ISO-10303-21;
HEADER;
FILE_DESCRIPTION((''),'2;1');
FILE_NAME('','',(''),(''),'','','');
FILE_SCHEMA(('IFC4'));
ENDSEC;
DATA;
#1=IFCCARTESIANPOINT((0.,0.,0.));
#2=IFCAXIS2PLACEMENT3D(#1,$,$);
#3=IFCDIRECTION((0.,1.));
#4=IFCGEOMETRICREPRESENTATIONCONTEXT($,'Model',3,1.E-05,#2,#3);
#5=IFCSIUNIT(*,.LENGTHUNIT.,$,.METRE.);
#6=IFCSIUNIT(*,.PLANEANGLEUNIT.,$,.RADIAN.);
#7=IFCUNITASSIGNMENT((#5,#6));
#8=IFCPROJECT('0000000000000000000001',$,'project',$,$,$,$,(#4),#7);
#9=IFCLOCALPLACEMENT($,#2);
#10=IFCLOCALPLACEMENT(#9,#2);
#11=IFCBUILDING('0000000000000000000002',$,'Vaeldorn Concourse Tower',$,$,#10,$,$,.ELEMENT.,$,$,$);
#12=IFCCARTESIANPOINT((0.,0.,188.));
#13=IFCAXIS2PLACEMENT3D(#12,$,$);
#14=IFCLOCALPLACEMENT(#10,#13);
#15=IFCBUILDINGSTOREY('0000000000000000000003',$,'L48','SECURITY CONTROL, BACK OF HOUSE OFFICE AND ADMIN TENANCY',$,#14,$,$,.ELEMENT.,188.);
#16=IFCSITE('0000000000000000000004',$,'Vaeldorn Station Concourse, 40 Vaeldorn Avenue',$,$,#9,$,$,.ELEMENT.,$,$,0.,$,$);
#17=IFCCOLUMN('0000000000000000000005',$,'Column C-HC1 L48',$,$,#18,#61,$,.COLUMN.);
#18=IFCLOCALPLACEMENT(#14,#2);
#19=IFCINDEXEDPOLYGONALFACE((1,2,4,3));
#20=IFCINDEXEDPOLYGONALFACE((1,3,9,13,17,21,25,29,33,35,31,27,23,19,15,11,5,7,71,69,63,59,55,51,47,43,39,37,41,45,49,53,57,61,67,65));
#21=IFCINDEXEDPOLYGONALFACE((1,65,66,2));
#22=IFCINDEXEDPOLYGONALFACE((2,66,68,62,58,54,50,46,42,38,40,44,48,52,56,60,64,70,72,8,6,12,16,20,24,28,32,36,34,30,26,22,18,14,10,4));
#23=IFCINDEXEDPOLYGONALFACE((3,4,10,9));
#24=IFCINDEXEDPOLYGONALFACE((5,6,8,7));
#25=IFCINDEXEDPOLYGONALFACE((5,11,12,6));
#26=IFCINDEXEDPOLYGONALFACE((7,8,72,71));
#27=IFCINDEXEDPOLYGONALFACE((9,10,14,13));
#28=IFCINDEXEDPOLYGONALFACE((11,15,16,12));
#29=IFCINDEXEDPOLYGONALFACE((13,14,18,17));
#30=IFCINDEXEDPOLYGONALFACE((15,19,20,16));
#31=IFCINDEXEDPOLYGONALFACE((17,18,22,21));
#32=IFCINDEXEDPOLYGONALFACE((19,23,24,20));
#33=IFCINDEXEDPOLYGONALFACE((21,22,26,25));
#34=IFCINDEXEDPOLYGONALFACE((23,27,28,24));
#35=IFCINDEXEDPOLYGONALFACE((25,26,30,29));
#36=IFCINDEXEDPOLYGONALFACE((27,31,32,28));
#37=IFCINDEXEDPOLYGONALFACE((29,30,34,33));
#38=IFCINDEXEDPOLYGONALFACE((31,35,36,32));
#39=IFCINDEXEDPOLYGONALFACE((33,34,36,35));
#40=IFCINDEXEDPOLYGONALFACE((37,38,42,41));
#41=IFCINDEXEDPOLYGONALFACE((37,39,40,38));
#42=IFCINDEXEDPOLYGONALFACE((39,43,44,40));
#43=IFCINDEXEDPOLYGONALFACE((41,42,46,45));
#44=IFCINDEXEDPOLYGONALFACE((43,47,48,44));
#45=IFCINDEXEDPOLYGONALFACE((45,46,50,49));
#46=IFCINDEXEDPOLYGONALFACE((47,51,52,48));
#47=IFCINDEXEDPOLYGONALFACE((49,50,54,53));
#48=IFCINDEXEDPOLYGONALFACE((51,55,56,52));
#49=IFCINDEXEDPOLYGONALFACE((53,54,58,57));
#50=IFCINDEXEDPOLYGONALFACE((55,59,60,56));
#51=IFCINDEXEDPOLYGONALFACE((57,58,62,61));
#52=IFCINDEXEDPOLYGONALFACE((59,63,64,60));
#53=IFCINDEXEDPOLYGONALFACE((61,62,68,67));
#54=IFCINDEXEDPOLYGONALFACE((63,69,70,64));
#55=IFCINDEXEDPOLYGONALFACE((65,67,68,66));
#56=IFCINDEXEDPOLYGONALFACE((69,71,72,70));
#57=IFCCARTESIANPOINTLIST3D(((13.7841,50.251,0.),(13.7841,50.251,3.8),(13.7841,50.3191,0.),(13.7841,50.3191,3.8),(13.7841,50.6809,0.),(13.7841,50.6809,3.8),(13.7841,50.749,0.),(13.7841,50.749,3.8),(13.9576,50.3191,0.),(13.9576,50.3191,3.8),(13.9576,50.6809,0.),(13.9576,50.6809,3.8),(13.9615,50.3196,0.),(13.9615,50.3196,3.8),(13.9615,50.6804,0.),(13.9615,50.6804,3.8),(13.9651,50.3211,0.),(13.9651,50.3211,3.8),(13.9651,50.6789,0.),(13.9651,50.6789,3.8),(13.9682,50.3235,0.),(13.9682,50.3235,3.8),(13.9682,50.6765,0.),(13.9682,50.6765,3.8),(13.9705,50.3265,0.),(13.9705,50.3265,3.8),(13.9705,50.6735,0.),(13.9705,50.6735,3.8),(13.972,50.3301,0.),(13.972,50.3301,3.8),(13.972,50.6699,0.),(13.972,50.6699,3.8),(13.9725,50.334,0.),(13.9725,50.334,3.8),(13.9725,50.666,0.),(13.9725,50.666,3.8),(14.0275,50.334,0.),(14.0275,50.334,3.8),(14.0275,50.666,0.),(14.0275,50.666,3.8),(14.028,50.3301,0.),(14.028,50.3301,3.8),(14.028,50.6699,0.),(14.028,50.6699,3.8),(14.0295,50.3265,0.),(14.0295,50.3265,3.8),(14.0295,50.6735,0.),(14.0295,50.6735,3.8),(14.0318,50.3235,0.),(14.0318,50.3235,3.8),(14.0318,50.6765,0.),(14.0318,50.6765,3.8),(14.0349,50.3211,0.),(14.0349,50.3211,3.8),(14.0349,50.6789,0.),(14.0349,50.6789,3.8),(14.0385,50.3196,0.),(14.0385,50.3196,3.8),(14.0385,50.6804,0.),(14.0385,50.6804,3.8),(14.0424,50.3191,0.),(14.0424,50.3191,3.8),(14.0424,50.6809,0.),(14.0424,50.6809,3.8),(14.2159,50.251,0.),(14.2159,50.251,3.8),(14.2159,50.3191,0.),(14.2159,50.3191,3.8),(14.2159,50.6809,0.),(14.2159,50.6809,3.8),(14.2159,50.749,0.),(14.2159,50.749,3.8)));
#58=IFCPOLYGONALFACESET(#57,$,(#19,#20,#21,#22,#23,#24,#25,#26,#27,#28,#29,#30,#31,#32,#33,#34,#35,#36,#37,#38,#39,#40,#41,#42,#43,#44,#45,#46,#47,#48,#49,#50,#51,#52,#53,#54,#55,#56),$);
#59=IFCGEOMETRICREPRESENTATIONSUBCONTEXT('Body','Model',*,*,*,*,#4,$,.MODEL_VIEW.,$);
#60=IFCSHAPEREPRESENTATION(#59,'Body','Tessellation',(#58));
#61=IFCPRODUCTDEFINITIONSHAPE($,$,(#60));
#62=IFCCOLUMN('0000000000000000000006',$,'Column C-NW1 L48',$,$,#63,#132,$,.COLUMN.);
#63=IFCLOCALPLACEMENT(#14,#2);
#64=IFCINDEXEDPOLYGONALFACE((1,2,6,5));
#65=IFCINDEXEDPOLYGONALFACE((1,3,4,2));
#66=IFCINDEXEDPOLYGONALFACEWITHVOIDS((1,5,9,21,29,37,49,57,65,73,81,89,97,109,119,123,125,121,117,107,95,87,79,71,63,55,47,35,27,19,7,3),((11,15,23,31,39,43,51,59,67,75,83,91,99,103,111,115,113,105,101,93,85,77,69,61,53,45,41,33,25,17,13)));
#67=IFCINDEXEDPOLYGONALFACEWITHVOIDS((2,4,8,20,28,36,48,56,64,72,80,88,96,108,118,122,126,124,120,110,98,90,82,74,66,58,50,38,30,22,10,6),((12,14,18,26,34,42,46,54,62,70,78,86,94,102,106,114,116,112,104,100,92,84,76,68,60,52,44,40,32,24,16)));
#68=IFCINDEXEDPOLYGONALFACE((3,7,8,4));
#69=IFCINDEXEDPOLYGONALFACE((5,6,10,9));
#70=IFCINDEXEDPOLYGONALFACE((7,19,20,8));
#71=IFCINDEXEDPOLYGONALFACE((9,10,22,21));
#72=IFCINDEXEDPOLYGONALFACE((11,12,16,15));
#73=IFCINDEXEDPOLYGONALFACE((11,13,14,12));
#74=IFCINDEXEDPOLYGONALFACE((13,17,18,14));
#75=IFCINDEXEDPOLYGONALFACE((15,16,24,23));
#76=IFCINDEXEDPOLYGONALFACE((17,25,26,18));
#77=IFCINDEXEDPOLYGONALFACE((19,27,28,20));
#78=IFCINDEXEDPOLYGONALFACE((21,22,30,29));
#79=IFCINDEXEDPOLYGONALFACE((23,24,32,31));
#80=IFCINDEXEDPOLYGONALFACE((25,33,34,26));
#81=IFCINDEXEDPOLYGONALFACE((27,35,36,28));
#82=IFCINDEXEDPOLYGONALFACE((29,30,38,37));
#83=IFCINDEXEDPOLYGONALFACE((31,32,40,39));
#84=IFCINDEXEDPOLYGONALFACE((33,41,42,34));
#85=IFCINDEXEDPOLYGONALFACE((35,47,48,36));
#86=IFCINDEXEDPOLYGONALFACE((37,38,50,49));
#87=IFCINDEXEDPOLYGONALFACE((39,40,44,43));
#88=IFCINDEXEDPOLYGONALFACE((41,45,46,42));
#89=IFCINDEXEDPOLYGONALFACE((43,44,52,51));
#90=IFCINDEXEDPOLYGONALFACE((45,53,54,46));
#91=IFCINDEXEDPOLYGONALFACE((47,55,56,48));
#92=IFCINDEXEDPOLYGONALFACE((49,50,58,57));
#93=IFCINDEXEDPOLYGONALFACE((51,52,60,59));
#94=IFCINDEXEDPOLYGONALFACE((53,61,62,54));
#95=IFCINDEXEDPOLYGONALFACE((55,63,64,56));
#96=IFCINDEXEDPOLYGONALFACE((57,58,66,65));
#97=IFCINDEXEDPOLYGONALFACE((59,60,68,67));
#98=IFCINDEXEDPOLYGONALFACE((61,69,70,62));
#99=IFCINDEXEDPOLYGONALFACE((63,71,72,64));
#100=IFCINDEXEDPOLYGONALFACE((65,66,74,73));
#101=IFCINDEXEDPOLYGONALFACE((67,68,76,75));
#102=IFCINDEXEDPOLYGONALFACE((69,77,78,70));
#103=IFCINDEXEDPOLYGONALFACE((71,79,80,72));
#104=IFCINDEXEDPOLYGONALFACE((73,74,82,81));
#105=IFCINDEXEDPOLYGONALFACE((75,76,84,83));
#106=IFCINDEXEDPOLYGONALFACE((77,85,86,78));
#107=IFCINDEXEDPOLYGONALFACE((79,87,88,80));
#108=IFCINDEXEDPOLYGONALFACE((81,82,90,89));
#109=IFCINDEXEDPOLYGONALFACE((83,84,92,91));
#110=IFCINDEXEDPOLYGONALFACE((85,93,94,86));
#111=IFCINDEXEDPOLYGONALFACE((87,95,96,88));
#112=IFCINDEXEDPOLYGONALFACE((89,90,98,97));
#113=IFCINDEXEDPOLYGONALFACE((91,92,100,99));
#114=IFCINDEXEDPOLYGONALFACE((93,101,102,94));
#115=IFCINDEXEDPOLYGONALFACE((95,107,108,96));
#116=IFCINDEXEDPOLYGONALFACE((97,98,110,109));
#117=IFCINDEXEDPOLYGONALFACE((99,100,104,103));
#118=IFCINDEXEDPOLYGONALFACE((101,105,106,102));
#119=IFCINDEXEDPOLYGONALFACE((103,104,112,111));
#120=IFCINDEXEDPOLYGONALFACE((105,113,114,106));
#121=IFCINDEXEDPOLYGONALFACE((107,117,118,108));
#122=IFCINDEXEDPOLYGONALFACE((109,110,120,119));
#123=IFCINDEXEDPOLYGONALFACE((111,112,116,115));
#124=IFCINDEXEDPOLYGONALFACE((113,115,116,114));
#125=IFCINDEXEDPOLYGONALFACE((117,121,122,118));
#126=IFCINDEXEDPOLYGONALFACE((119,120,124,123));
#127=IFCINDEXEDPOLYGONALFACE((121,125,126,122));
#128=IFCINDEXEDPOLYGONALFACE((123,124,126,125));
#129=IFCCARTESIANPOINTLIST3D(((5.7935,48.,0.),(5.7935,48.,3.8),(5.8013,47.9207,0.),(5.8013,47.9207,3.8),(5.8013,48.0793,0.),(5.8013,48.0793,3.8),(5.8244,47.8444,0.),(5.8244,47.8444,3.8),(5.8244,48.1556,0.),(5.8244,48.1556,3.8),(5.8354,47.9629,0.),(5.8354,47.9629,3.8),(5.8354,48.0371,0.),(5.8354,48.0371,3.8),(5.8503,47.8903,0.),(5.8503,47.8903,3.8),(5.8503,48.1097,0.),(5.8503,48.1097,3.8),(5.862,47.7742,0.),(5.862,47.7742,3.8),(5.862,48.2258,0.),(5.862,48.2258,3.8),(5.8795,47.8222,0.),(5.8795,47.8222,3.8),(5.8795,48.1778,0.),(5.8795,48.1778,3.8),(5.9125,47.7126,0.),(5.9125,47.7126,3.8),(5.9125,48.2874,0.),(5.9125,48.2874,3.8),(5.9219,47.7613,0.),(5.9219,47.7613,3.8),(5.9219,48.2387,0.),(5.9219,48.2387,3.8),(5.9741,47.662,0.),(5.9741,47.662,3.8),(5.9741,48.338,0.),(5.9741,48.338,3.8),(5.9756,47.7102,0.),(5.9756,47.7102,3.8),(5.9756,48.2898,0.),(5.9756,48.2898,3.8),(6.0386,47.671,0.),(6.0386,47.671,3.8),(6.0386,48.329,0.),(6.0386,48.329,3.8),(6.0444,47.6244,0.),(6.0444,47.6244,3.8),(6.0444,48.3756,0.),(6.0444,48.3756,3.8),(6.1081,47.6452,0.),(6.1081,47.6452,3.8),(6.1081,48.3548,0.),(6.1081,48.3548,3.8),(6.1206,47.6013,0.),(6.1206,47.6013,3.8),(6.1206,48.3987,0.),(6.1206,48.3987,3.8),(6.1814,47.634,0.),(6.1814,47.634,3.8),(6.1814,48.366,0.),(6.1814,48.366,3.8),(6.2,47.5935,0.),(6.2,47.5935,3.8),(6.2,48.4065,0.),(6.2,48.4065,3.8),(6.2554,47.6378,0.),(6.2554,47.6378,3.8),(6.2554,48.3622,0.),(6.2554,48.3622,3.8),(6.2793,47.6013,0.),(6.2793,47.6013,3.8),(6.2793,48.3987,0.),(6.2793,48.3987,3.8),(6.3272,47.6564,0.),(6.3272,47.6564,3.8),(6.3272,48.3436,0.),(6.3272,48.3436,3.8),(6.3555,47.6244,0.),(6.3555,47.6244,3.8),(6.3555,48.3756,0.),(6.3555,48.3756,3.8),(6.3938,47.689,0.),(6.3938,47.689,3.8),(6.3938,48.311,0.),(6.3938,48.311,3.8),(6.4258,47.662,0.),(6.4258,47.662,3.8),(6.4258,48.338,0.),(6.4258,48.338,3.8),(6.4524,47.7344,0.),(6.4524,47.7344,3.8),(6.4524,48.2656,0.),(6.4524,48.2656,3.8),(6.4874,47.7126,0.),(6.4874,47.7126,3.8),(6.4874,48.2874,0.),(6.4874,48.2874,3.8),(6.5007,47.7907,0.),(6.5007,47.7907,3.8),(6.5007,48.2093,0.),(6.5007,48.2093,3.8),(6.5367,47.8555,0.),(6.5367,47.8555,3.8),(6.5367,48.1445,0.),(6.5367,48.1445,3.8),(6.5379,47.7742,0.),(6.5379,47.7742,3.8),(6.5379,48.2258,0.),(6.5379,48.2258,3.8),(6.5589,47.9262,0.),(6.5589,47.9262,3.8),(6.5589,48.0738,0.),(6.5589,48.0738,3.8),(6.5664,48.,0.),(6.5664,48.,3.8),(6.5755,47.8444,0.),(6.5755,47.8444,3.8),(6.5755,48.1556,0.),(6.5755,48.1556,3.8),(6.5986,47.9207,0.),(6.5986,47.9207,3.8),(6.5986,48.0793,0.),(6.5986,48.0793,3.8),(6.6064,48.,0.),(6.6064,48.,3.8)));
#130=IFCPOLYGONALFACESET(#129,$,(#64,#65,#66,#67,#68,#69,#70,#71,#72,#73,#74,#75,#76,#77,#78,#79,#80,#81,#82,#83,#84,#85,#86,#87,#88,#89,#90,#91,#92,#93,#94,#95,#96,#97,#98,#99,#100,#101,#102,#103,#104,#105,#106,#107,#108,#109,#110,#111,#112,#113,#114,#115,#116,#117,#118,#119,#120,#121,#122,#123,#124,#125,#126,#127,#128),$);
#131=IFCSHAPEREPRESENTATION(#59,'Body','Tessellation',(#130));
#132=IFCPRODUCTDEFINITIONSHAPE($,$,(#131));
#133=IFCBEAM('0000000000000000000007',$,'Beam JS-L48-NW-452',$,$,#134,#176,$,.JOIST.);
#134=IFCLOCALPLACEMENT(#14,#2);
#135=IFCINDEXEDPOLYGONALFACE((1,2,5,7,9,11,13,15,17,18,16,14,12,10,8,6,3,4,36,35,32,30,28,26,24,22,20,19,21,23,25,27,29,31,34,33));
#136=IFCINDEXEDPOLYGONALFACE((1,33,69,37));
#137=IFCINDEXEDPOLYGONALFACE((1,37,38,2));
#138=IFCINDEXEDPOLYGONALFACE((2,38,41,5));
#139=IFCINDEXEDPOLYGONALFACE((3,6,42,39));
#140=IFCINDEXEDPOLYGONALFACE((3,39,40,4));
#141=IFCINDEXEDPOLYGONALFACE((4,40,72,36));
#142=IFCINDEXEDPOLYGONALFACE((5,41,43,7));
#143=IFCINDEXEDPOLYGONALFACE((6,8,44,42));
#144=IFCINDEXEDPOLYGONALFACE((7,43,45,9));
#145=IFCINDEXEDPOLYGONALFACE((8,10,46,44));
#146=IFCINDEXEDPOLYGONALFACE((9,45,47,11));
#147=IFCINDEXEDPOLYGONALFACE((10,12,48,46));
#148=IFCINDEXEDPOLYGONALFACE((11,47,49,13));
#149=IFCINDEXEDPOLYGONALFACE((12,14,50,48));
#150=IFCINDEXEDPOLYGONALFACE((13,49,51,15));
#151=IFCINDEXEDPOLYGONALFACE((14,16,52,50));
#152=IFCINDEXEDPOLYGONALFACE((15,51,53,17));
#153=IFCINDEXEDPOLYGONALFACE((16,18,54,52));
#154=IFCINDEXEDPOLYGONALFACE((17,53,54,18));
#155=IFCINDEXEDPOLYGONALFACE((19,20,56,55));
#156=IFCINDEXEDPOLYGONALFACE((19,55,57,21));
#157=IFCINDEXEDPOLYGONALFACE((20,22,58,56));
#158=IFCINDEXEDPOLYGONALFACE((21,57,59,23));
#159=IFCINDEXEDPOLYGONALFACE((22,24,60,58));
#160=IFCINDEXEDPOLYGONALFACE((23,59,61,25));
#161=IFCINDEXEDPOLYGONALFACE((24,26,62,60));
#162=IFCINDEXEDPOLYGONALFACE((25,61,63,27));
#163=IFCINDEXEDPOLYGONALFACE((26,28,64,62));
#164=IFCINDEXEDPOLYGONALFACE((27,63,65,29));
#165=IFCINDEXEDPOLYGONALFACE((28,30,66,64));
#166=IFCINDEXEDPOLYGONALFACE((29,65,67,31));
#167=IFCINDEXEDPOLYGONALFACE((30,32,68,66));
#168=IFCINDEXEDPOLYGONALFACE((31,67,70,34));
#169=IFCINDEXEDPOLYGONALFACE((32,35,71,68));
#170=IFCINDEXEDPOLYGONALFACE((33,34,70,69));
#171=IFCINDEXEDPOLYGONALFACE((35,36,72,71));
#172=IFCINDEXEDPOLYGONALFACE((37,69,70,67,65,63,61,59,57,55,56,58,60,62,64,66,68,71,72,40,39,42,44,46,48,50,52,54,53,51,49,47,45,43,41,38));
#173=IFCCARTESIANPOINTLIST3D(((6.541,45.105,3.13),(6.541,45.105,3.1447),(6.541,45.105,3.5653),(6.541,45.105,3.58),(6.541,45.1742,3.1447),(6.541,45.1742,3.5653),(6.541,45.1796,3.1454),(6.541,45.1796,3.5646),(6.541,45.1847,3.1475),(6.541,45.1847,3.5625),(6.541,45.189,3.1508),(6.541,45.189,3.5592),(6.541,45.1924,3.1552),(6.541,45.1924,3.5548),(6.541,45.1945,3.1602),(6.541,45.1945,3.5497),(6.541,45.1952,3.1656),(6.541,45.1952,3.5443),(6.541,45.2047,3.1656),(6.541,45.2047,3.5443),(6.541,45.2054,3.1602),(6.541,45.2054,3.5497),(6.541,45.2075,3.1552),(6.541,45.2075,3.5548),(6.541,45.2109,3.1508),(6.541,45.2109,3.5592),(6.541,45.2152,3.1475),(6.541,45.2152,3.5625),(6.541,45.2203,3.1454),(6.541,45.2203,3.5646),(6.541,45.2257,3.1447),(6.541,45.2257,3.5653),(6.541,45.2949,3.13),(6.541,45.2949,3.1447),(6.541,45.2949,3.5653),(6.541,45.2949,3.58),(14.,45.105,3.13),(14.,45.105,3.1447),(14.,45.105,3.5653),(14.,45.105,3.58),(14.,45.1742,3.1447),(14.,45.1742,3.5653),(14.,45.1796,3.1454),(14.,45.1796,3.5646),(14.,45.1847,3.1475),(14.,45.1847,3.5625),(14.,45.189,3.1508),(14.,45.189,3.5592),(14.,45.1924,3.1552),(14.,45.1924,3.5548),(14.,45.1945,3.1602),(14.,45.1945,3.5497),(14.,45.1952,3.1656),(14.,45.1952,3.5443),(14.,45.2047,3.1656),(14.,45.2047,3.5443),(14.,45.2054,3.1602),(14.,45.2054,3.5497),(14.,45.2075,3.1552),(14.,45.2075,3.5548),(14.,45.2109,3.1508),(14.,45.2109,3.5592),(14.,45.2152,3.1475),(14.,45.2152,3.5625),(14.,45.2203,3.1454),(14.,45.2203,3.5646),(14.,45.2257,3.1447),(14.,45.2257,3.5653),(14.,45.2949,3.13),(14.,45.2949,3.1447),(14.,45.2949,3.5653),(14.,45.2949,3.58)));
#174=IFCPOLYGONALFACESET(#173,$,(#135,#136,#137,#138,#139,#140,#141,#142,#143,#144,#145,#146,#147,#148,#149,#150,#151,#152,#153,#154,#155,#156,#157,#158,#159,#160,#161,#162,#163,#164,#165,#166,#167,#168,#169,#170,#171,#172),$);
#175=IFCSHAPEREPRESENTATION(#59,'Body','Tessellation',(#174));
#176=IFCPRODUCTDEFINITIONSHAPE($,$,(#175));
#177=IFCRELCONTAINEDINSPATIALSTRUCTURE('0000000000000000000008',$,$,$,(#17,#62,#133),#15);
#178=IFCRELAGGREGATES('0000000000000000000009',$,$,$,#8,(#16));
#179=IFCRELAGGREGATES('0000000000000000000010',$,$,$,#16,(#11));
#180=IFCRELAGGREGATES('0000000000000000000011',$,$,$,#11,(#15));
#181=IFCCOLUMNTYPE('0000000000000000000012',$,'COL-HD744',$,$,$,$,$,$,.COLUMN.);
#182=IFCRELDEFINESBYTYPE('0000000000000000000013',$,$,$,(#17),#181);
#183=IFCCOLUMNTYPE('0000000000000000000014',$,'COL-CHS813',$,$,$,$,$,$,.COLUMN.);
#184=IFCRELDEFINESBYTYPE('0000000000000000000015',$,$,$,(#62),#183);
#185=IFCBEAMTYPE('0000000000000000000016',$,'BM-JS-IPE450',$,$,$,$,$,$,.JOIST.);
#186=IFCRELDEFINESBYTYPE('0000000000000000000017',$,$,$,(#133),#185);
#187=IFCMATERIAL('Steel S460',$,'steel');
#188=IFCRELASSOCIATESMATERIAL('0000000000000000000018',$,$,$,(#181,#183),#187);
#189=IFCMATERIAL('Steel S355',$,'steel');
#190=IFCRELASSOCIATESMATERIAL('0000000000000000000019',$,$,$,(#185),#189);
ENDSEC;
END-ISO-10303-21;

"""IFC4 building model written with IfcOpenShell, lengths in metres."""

from ifc_helpers import new_model, si_unit, direction, frame, origin, origin_2d, place, context, subcontext, project, spatial, hollow_circle, i_section, extrude, source, transform, mapped, material, material_profile, profile_set, type_object, element, save


model = new_model("IFC4")

# Units and contexts
model_context = context("Model", 3, precision=1e-05, world=origin(), true_north=direction((0.0, 1.0)))
body_context = subcontext(model_context, "Body", "Model", "MODEL_VIEW")
ifc_project = project(units=[si_unit("LENGTHUNIT", "METRE"), si_unit("PLANEANGLEUNIT", "RADIAN")], contexts=[model_context])

# Site, building, storey
site_placement = place(None, origin())
site = spatial("IfcSite", under=ifc_project, at=site_placement, Name="Vaeldorn Station Concourse, 40 Vaeldorn Avenue", CompositionType="ELEMENT", RefElevation=0.0)
building_placement = place(site_placement, origin())
building = spatial("IfcBuilding", under=site, at=building_placement, Name="Vaeldorn Concourse Tower", CompositionType="ELEMENT")
storey_placement = place(building_placement, frame((0.0, 0.0, 188.0)))
storey = spatial("IfcBuildingStorey", under=building, at=storey_placement, Name="L48", Description="SECURITY CONTROL, BACK OF HOUSE OFFICE AND ADMIN TENANCY", CompositionType="ELEMENT", Elevation=188.0)

# Columns
ifc_material_1 = material(Name="Steel S460", Category="steel")
ifc_material_profile_1 = material_profile(ifc_material_1, i_section(OverallWidth=0.4319, OverallDepth=0.498, WebThickness=0.0549, FlangeThickness=0.0681, FilletRadius=0.0149, at=origin_2d()), Name="HD 400x744")
ifc_profile_set_1 = profile_set([ifc_material_profile_1], Name="Steel S460")
column_type_1 = type_object("IfcColumnType", Name="COL-HD744", PredefinedType="COLUMN", material=ifc_profile_set_1)
shared_shape_1 = source(origin(), body_context, "Body", "SweptSolid", [
    extrude(i_section(OverallWidth=0.4319, OverallDepth=0.498, WebThickness=0.0549, FlangeThickness=0.0681, FilletRadius=0.0149, at=origin_2d()), origin(), (0.0, 0.0, 1.0), 3.8),
])
column_1_placement = place(storey_placement, frame((14.0, 50.5, 0.0), z_axis=(0.0, 0.0, 1.0), x_axis=(1.0, 0.0, 0.0)))
element("IfcColumn", 1, at=column_1_placement, inside=storey, type_object=column_type_1, Name="Column C-HC1 L48", PredefinedType="COLUMN", context=body_context, shape_type="MappedRepresentation", body=[
    mapped(shared_shape_1, transform((0.0, 0.0, 0.0), scale=1.0)),
])
ifc_material_profile_2 = material_profile(ifc_material_1, hollow_circle(Radius=0.4065, WallThickness=0.04, at=origin_2d()), Name="CHS 813x40")
ifc_profile_set_2 = profile_set([ifc_material_profile_2], Name="Steel S460")
column_type_2 = type_object("IfcColumnType", Name="COL-CHS813", PredefinedType="COLUMN", material=ifc_profile_set_2)
shared_shape_2 = source(origin(), body_context, "Body", "SweptSolid", [
    extrude(hollow_circle(Radius=0.4065, WallThickness=0.04, at=origin_2d()), origin(), (0.0, 0.0, 1.0), 3.8),
])
column_2_placement = place(storey_placement, frame((6.2, 48.0, 0.0), z_axis=(0.0, 0.0, 1.0), x_axis=(1.0, 0.0, 0.0)))
element("IfcColumn", 2, at=column_2_placement, inside=storey, type_object=column_type_2, Name="Column C-NW1 L48", PredefinedType="COLUMN", context=body_context, shape_type="MappedRepresentation", body=[
    mapped(shared_shape_2, transform((0.0, 0.0, 0.0), scale=1.0)),
])

# Beam
ifc_material_2 = material(Name="Steel S355", Category="steel")
ifc_material_profile_3 = material_profile(ifc_material_2, i_section(OverallWidth=0.1899, OverallDepth=0.45, WebThickness=0.0095, FlangeThickness=0.0146, FilletRadius=0.021, at=origin_2d()), Name="IPE 450")
ifc_profile_set_3 = profile_set([ifc_material_profile_3], Name="Steel S355")
beam_type_1 = type_object("IfcBeamType", Name="BM-JS-IPE450", PredefinedType="JOIST", material=ifc_profile_set_3)
shared_shape_3 = source(origin(), body_context, "Body", "SweptSolid", [
    extrude(i_section(OverallWidth=0.1899, OverallDepth=0.45, WebThickness=0.0095, FlangeThickness=0.0146, FilletRadius=0.021, at=origin_2d()), origin(), (0.0, 0.0, 1.0), 7.459),
])
beam_1_placement = place(storey_placement, frame((6.541, 45.2, 3.355), z_axis=(1.0, 0.0, 0.0), x_axis=(0.0, 1.0, 0.0)))
element("IfcBeam", 3, at=beam_1_placement, inside=storey, type_object=beam_type_1, Name="Beam JS-L48-NW-452", PredefinedType="JOIST", context=body_context, shape_type="MappedRepresentation", body=[
    mapped(shared_shape_3, transform((0.0, 0.0, 0.0), scale=1.0)),
])

save(model, "model.ifc")
